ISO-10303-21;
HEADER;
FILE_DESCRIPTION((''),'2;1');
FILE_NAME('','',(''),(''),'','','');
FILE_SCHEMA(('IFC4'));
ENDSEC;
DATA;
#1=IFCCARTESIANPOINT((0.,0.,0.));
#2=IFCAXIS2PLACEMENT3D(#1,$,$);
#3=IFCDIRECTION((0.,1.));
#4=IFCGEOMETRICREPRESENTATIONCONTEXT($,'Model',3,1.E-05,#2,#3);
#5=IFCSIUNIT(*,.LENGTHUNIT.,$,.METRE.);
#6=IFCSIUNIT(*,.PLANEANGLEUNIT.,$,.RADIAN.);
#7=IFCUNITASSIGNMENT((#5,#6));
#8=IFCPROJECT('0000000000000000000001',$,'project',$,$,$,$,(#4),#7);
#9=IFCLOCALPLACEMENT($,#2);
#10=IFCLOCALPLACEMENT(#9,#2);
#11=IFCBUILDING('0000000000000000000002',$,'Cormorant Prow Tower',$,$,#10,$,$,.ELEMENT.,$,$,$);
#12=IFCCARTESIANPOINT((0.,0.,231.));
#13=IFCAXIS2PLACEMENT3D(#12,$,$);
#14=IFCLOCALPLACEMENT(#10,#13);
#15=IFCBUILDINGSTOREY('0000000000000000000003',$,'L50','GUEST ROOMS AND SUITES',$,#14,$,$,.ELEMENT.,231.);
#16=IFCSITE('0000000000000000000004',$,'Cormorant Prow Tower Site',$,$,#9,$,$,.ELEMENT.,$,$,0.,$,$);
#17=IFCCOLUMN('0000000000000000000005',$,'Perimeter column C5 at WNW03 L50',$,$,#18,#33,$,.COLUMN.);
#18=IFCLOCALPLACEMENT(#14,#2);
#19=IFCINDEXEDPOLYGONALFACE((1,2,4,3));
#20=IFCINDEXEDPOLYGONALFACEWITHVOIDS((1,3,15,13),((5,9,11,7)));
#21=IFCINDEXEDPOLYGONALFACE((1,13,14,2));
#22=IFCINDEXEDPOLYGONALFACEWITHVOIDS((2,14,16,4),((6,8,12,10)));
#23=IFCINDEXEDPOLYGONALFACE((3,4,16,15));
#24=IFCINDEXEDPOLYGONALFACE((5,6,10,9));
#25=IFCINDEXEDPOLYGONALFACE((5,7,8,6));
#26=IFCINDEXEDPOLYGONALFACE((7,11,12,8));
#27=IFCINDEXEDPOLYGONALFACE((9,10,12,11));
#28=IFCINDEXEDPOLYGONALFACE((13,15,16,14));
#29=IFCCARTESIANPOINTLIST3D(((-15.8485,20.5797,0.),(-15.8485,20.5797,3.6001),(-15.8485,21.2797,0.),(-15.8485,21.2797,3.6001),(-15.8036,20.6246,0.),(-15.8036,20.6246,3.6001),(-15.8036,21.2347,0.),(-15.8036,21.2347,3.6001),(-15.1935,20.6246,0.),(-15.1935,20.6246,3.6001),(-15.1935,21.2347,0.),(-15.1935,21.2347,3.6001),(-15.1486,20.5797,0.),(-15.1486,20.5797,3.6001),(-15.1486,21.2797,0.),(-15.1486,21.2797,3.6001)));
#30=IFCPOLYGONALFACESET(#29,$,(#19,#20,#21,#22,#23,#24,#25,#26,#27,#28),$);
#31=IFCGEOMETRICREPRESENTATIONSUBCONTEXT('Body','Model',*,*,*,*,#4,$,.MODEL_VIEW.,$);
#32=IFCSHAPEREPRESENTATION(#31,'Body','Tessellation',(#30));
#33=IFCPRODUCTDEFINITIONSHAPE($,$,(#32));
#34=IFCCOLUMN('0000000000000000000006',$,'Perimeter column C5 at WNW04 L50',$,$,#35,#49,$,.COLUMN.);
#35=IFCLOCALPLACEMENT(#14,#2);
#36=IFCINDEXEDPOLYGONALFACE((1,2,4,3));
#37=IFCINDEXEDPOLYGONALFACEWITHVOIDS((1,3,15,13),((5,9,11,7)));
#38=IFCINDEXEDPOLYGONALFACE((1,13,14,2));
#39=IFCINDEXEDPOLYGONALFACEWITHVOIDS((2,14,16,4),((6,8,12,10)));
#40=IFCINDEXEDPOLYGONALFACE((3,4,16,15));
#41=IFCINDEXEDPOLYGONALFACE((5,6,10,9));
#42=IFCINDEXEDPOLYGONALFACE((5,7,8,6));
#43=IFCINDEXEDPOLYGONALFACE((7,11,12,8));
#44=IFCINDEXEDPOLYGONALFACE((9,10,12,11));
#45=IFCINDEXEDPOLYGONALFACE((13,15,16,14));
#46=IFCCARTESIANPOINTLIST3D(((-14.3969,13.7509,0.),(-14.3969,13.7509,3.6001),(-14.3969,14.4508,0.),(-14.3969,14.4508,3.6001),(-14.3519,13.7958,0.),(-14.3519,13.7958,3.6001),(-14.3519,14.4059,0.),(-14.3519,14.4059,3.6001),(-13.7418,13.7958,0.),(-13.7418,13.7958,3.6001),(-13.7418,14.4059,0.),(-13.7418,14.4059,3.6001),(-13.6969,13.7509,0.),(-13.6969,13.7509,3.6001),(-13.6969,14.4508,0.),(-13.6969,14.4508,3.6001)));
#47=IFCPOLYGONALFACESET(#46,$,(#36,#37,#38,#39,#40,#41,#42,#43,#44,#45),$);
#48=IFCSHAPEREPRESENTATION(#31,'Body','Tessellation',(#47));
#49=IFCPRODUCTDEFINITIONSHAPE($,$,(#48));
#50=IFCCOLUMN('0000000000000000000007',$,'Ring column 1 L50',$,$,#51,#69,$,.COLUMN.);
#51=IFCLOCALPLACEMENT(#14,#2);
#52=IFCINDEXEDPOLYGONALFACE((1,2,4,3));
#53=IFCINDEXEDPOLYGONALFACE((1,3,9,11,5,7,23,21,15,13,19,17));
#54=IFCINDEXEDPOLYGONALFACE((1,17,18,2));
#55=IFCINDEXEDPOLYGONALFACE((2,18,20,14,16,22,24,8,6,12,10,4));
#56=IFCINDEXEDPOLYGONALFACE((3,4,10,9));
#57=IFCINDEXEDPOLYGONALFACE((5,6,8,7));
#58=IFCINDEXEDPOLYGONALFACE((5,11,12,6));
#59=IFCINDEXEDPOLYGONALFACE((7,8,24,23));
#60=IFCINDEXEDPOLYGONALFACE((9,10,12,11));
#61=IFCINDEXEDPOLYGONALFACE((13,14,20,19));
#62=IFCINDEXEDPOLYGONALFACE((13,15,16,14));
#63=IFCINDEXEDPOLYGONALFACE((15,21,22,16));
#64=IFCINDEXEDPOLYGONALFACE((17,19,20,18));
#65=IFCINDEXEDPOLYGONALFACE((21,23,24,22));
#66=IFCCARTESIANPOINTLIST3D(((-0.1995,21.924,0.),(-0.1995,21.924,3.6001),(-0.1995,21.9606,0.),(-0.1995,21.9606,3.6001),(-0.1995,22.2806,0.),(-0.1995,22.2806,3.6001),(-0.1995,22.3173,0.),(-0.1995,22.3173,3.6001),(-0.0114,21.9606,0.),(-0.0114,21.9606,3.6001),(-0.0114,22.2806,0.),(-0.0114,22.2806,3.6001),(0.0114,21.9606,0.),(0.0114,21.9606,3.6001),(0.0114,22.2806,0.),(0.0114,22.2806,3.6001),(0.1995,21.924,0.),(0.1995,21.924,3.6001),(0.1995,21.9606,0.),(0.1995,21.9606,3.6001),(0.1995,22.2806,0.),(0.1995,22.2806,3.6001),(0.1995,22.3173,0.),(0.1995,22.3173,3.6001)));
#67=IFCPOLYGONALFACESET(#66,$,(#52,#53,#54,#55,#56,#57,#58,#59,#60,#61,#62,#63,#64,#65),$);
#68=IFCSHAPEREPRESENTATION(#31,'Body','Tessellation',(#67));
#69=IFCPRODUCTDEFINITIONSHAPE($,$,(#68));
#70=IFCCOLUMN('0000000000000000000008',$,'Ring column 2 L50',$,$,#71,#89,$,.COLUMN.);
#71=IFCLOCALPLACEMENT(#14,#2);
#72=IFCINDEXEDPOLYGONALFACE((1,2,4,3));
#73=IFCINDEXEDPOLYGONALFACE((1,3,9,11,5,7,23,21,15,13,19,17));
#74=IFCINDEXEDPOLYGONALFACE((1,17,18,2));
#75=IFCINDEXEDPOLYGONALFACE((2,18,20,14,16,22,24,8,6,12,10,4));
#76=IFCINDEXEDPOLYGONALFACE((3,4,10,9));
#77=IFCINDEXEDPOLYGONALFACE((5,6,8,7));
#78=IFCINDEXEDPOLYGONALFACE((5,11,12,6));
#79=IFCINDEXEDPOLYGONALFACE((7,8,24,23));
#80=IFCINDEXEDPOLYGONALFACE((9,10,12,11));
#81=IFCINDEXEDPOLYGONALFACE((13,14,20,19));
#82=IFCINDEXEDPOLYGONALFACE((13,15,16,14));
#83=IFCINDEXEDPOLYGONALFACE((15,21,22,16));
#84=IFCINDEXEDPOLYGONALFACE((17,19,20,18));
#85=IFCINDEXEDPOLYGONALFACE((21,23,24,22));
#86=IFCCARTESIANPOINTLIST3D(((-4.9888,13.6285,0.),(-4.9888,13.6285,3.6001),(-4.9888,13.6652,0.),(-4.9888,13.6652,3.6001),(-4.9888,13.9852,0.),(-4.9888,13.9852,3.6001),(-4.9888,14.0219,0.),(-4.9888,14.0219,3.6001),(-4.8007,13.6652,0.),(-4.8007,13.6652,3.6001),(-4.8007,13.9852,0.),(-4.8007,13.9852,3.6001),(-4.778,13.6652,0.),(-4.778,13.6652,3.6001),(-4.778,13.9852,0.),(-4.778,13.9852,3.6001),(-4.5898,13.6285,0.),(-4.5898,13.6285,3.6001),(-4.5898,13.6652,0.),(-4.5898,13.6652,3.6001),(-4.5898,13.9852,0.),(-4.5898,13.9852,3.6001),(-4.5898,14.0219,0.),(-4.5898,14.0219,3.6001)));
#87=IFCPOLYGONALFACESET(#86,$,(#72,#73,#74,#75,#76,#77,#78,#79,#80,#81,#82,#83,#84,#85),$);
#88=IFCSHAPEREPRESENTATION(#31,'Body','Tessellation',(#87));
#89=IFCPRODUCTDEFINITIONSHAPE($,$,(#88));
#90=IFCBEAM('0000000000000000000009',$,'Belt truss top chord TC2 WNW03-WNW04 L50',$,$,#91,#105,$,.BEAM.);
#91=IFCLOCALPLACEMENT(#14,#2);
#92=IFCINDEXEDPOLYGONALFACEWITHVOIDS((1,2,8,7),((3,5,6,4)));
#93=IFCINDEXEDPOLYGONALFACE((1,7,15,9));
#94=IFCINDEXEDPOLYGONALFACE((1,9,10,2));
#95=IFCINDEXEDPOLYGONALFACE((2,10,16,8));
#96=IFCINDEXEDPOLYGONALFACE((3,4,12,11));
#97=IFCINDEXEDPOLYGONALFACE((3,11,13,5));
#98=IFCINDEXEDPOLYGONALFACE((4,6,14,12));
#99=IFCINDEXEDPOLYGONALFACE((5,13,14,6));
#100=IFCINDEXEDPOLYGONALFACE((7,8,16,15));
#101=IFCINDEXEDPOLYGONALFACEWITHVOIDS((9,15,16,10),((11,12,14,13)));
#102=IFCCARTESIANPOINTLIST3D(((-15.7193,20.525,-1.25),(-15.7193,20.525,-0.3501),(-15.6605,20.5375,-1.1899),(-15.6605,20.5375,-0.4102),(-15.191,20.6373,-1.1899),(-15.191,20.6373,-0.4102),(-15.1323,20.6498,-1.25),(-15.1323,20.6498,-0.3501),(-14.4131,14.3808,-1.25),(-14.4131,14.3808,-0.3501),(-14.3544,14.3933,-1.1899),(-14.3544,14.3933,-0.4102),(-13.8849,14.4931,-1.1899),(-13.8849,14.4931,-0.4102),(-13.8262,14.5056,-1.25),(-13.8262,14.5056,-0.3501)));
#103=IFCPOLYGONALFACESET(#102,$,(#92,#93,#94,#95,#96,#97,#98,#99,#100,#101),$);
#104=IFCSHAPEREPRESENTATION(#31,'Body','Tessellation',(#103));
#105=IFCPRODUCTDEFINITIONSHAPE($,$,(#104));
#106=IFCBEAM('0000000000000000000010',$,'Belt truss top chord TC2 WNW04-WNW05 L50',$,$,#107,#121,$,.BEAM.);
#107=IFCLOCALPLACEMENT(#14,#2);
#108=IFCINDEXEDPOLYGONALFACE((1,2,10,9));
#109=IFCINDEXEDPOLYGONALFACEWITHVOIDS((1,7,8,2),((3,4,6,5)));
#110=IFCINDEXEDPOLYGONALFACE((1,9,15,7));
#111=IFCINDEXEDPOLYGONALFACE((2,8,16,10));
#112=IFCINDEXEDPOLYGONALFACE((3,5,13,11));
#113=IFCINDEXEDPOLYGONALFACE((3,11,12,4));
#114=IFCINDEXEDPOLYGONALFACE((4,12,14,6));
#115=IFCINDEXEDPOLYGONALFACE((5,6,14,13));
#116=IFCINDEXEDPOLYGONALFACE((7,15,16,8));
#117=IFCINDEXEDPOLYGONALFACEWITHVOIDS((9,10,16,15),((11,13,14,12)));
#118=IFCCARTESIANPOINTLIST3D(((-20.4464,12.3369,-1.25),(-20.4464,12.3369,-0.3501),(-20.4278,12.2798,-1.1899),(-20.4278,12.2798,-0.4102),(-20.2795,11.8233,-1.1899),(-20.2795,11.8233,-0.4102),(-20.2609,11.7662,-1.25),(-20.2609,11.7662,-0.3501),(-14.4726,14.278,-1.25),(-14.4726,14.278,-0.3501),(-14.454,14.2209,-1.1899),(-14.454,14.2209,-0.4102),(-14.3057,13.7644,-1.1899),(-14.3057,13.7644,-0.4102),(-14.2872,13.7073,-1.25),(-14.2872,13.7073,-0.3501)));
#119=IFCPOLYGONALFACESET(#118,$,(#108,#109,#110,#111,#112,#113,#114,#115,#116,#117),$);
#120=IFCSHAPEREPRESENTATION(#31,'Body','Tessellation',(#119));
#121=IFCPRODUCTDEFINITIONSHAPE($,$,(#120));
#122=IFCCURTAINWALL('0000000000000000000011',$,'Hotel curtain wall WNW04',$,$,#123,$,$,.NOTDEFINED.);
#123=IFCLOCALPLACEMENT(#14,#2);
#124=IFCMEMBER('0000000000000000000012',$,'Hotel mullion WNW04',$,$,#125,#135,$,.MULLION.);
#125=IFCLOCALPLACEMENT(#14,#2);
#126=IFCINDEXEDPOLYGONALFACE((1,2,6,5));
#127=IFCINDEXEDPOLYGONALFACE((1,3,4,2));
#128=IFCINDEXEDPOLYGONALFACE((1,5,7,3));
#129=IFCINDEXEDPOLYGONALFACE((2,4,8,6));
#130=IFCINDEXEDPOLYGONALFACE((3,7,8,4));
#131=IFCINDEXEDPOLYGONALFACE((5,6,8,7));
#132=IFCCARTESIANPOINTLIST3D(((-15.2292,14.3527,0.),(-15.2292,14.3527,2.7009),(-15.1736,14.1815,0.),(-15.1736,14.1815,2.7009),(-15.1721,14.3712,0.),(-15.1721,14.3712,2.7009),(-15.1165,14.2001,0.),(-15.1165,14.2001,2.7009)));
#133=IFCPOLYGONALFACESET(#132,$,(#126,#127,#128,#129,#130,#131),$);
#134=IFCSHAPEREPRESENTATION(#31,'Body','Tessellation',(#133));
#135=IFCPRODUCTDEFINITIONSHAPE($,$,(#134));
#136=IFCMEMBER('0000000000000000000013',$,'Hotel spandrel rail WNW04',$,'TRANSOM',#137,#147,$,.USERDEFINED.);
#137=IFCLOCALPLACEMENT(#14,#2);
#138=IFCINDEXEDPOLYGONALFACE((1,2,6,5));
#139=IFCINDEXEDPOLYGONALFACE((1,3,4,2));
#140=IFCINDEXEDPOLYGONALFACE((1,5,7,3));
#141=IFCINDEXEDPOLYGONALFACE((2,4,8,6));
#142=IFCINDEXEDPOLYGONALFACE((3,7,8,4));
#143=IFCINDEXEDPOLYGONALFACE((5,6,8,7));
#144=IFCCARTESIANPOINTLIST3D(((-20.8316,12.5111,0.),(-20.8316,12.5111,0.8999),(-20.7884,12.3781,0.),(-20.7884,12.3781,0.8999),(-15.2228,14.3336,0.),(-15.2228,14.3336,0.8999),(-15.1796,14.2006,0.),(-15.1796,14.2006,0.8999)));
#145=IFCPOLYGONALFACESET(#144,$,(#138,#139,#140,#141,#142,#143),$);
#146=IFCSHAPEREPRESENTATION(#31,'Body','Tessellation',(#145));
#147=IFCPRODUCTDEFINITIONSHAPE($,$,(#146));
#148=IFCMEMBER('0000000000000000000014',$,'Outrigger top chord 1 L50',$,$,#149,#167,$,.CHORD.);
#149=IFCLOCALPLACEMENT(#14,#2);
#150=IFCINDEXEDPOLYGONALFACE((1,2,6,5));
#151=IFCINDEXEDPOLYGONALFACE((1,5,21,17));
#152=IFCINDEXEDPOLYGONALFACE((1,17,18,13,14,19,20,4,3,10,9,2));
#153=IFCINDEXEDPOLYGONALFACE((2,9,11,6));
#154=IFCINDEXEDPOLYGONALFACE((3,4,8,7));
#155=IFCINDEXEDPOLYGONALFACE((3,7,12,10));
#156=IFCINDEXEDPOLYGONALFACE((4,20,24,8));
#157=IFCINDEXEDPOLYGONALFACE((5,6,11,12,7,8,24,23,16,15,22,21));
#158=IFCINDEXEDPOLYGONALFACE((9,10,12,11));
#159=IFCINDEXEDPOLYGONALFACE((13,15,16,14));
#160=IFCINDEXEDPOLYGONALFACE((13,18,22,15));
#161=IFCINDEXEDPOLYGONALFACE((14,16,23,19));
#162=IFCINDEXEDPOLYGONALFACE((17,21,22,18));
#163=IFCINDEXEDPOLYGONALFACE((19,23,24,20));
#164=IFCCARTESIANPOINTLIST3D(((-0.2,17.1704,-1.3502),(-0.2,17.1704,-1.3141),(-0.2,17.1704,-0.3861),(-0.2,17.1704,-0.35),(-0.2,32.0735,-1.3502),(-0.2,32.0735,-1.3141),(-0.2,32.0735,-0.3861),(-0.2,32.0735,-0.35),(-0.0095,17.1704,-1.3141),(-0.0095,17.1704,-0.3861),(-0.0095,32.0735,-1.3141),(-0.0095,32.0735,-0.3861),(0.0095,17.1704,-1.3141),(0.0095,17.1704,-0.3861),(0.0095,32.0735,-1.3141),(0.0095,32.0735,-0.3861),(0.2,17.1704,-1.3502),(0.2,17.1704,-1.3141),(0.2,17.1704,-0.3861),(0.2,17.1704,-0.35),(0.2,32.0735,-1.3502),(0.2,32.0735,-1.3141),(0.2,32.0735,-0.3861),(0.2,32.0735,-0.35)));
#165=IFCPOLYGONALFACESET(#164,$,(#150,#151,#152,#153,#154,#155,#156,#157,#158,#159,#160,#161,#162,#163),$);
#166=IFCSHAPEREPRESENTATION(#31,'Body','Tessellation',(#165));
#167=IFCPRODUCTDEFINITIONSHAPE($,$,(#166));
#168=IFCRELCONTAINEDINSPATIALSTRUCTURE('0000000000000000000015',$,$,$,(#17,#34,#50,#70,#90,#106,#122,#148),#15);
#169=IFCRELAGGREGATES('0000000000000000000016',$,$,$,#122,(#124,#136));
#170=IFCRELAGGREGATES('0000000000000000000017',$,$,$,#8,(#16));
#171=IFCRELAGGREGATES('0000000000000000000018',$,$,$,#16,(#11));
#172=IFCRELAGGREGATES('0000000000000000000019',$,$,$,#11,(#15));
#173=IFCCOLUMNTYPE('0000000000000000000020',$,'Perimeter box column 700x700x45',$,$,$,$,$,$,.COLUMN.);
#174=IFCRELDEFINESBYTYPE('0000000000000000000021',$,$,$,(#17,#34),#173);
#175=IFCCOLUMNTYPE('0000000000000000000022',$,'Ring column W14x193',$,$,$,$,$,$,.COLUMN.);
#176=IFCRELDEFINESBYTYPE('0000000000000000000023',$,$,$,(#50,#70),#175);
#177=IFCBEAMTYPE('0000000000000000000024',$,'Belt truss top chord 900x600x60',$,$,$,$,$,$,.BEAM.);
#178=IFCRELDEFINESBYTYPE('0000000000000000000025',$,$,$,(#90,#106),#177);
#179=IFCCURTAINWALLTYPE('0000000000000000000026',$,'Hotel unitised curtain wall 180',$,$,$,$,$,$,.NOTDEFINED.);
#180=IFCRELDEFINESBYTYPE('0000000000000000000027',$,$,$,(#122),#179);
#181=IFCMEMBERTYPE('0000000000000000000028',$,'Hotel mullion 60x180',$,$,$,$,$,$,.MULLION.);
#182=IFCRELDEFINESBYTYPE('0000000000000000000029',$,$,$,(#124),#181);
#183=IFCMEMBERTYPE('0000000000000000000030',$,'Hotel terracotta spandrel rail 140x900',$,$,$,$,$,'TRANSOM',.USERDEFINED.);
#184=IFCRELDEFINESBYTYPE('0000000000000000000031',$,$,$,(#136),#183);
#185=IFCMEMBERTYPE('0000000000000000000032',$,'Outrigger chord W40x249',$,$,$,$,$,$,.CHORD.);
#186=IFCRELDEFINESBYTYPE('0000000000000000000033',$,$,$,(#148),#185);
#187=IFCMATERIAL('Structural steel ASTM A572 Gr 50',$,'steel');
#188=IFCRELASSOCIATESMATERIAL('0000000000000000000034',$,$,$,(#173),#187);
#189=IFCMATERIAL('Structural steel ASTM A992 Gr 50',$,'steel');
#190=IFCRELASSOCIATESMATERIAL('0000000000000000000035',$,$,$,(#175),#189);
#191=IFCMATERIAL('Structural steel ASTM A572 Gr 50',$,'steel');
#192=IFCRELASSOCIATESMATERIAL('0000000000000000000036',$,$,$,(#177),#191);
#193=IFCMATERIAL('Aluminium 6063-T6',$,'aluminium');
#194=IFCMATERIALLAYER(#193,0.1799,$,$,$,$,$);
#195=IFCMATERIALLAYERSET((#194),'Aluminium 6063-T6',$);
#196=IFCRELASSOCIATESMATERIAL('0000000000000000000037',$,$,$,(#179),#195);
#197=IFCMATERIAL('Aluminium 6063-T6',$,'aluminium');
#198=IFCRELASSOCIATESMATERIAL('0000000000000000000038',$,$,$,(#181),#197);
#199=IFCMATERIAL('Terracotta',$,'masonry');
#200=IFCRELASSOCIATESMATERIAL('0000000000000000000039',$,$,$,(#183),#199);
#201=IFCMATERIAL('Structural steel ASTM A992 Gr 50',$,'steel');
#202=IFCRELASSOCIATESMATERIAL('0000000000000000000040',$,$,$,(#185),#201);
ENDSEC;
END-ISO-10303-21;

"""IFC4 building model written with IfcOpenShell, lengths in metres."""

from ifc_helpers import new_model, si_unit, direction, frame, origin, origin_2d, place, context, subcontext, project, spatial, rectangle, hollow_rectangle, i_section, extrude, material, layer, layer_set, material_profile, profile_set, type_object, element, aggregate, save


model = new_model("IFC4")

# Units and contexts
model_context = context("Model", 3, precision=1e-05, world=origin(), true_north=direction((0.0, 1.0)))
body_context = subcontext(model_context, "Body", "Model", "MODEL_VIEW")
ifc_project = project(units=[si_unit("LENGTHUNIT", "METRE"), si_unit("PLANEANGLEUNIT", "RADIAN")], contexts=[model_context])

# Site, building, storey
site_placement = place(None, origin())
site = spatial("IfcSite", under=ifc_project, at=site_placement, Name="Cormorant Prow Tower Site", CompositionType="ELEMENT", RefElevation=0.0)
building_placement = place(site_placement, origin())
building = spatial("IfcBuilding", under=site, at=building_placement, Name="Cormorant Prow Tower", CompositionType="ELEMENT")
storey_placement = place(building_placement, frame((0.0, 0.0, 231.0)))
storey = spatial("IfcBuildingStorey", under=building, at=storey_placement, Name="L50", Description="GUEST ROOMS AND SUITES", CompositionType="ELEMENT", Elevation=231.0)

# Columns
ifc_material_1 = material(Name="Structural steel ASTM A572 Gr 50", Category="steel")
ifc_material_profile_1 = material_profile(ifc_material_1, hollow_rectangle(XDim=0.7, YDim=0.7, WallThickness=0.0449, at=origin_2d()), Name="Box 700x700x45")
ifc_profile_set_1 = profile_set([ifc_material_profile_1], Name="Structural steel ASTM A572 Gr 50")
column_type_1 = type_object("IfcColumnType", Name="Perimeter box column 700x700x45", PredefinedType="COLUMN", material=ifc_profile_set_1)
for number, where, z_axis, x_axis, name in (
    (1, (-15.4985, 20.9297, 0.0), (0.0, 0.0, 1.0), (1.0, 0.0, 0.0), "Perimeter column C5 at WNW03 L50"),
    (2, (-14.0469, 14.1008, 0.0), (0.0, 0.0, 1.0), (1.0, 0.0, 0.0), "Perimeter column C5 at WNW04 L50"),
):
    element("IfcColumn", number, at=place(storey_placement, frame(where, z_axis=z_axis, x_axis=x_axis)), inside=storey, type_object=column_type_1, Name=name, PredefinedType="COLUMN", context=body_context, shape_type="SweptSolid", body=[
        extrude(hollow_rectangle(XDim=0.7, YDim=0.7, WallThickness=0.0449, at=origin_2d()), origin(), (0.0, 0.0, 1.0), 3.6001),
    ])
ifc_material_2 = material(Name="Structural steel ASTM A992 Gr 50", Category="steel")
ifc_material_profile_2 = material_profile(ifc_material_2, i_section(OverallWidth=0.3989, OverallDepth=0.3933, WebThickness=0.0227, FlangeThickness=0.0366, at=origin_2d()), Name="W14x193")
ifc_profile_set_2 = profile_set([ifc_material_profile_2], Name="Structural steel ASTM A992 Gr 50")
column_type_2 = type_object("IfcColumnType", Name="Ring column W14x193", PredefinedType="COLUMN", material=ifc_profile_set_2)
for number, where, z_axis, x_axis, name in (
    (3, (0.0, 22.1206, 0.0), (0.0, 0.0, 1.0), (1.0, 0.0, 0.0), "Ring column 1 L50"),
    (4, (-4.7893, 13.8252, 0.0), (0.0, 0.0, 1.0), (1.0, 0.0, 0.0), "Ring column 2 L50"),
):
    element("IfcColumn", number, at=place(storey_placement, frame(where, z_axis=z_axis, x_axis=x_axis)), inside=storey, type_object=column_type_2, Name=name, PredefinedType="COLUMN", context=body_context, shape_type="SweptSolid", body=[
        extrude(i_section(OverallWidth=0.3989, OverallDepth=0.3933, WebThickness=0.0227, FlangeThickness=0.0366, at=origin_2d()), origin(), (0.0, 0.0, 1.0), 3.6001),
    ])

# Beams
ifc_material_3 = material(Name="Structural steel ASTM A572 Gr 50", Category="steel")
ifc_material_profile_3 = material_profile(ifc_material_3, hollow_rectangle(XDim=0.6001, YDim=0.8999, WallThickness=0.0601, at=origin_2d()), Name="Box 900x600x60")
ifc_profile_set_3 = profile_set([ifc_material_profile_3], Name="Structural steel ASTM A572 Gr 50")
beam_type_1 = type_object("IfcBeamType", Name="Belt truss top chord 900x600x60", PredefinedType="BEAM", material=ifc_profile_set_3)
beam_1_placement = place(storey_placement, frame((-15.4258, 20.5874, -0.8), z_axis=(0.207934, -0.978143, 0.0), x_axis=(0.978143, 0.207934, 0.0)))
element("IfcBeam", 5, at=beam_1_placement, inside=storey, type_object=beam_type_1, Name="Belt truss top chord TC2 WNW03-WNW04 L50", PredefinedType="BEAM", context=body_context, shape_type="SweptSolid", body=[
    extrude(hollow_rectangle(XDim=0.6001, YDim=0.8999, WallThickness=0.0601, at=origin_2d()), origin(), (0.0, 0.0, 1.0), 6.2815),
])
beam_2_placement = place(storey_placement, frame((-14.3799, 13.9927, -0.8), z_axis=(-0.95105, -0.309036, 0.0), x_axis=(0.309036, -0.95105, 0.0)))
element("IfcBeam", 6, at=beam_2_placement, inside=storey, type_object=beam_type_1, Name="Belt truss top chord TC2 WNW04-WNW05 L50", PredefinedType="BEAM", context=body_context, shape_type="SweptSolid", body=[
    extrude(hollow_rectangle(XDim=0.6001, YDim=0.8999, WallThickness=0.0601, at=origin_2d()), origin(), (0.0, 0.0, 1.0), 6.2812),
])

# Curtain wall, members
ifc_material_4 = material(Name="Aluminium 6063-T6", Category="aluminium")
ifc_layer_1 = layer(ifc_material_4, 0.1799)
ifc_layer_set_1 = layer_set([ifc_layer_1], Name="Aluminium 6063-T6")
curtain_wall_type = type_object("IfcCurtainWallType", Name="Hotel unitised curtain wall 180", PredefinedType="NOTDEFINED", material=ifc_layer_set_1)
curtain_wall_1_placement = place(storey_placement, origin())
curtain_wall_1 = element("IfcCurtainWall", 7, at=curtain_wall_1_placement, inside=storey, type_object=curtain_wall_type, Name="Hotel curtain wall WNW04", PredefinedType="NOTDEFINED")
ifc_material_5 = material(Name="Aluminium 6063-T6", Category="aluminium")
ifc_material_profile_4 = material_profile(ifc_material_5, rectangle(XDim=0.1799, YDim=0.0601, at=origin_2d()), Name="Hotel mullion 60x180")
ifc_profile_set_4 = profile_set([ifc_material_profile_4], Name="Aluminium 6063-T6")
member_type_1 = type_object("IfcMemberType", Name="Hotel mullion 60x180", PredefinedType="MULLION", material=ifc_profile_set_4)
member_1_placement = place(storey_placement, frame((-15.1729, 14.2764, 0.0), z_axis=(0.0, 0.0, 1.0), x_axis=(0.309017, -0.951057, 0.0)))
member_1 = element("IfcMember", 8, at=member_1_placement, type_object=member_type_1, Name="Hotel mullion WNW04", PredefinedType="MULLION", context=body_context, shape_type="SweptSolid", body=[
    extrude(rectangle(XDim=0.1799, YDim=0.0601, at=origin_2d()), origin(), (0.0, 0.0, 1.0), 2.7009),
])
ifc_material_6 = material(Name="Terracotta", Category="masonry")
ifc_material_profile_5 = material_profile(ifc_material_6, rectangle(XDim=0.1399, YDim=0.8999, at=origin_2d()), Name="Hotel terracotta spandrel rail 140x900")
ifc_profile_set_5 = profile_set([ifc_material_profile_5], Name="Terracotta")
member_type_2 = type_object("IfcMemberType", Name="Hotel terracotta spandrel rail 140x900", ElementType="TRANSOM", PredefinedType="USERDEFINED", material=ifc_profile_set_5)
member_2_placement = place(storey_placement, frame((-15.2012, 14.2671, 0.45), z_axis=(-0.951053, -0.309028, 0.0), x_axis=(0.309028, -0.951053, 0.0)))
member_2 = element("IfcMember", 9, at=member_2_placement, type_object=member_type_2, Name="Hotel spandrel rail WNW04", ObjectType="TRANSOM", PredefinedType="USERDEFINED", context=body_context, shape_type="SweptSolid", body=[
    extrude(rectangle(XDim=0.1399, YDim=0.8999, at=origin_2d()), origin(), (0.0, 0.0, 1.0), 5.8975),
])

# Member
ifc_material_7 = material(Name="Structural steel ASTM A992 Gr 50", Category="steel")
ifc_material_profile_6 = material_profile(ifc_material_7, i_section(OverallWidth=0.3999, OverallDepth=1.0002, WebThickness=0.019, FlangeThickness=0.0361, at=origin_2d()), Name="W40x249")
ifc_profile_set_6 = profile_set([ifc_material_profile_6], Name="Structural steel ASTM A992 Gr 50")
member_type_3 = type_object("IfcMemberType", Name="Outrigger chord W40x249", PredefinedType="CHORD", material=ifc_profile_set_6)
member_3_placement = place(storey_placement, frame((0.0, 17.1704, -0.8501), z_axis=(0.0, 1.0, 0.0), x_axis=(-1.0, 0.0, 0.0)))
element("IfcMember", 10, at=member_3_placement, inside=storey, type_object=member_type_3, Name="Outrigger top chord 1 L50", PredefinedType="CHORD", context=body_context, shape_type="SweptSolid", body=[
    extrude(i_section(OverallWidth=0.3999, OverallDepth=1.0002, WebThickness=0.019, FlangeThickness=0.0361, at=origin_2d()), origin(), (0.0, 0.0, 1.0), 14.9031),
])

aggregate(curtain_wall_1, [member_1, member_2])

save(model, "model.ifc")
